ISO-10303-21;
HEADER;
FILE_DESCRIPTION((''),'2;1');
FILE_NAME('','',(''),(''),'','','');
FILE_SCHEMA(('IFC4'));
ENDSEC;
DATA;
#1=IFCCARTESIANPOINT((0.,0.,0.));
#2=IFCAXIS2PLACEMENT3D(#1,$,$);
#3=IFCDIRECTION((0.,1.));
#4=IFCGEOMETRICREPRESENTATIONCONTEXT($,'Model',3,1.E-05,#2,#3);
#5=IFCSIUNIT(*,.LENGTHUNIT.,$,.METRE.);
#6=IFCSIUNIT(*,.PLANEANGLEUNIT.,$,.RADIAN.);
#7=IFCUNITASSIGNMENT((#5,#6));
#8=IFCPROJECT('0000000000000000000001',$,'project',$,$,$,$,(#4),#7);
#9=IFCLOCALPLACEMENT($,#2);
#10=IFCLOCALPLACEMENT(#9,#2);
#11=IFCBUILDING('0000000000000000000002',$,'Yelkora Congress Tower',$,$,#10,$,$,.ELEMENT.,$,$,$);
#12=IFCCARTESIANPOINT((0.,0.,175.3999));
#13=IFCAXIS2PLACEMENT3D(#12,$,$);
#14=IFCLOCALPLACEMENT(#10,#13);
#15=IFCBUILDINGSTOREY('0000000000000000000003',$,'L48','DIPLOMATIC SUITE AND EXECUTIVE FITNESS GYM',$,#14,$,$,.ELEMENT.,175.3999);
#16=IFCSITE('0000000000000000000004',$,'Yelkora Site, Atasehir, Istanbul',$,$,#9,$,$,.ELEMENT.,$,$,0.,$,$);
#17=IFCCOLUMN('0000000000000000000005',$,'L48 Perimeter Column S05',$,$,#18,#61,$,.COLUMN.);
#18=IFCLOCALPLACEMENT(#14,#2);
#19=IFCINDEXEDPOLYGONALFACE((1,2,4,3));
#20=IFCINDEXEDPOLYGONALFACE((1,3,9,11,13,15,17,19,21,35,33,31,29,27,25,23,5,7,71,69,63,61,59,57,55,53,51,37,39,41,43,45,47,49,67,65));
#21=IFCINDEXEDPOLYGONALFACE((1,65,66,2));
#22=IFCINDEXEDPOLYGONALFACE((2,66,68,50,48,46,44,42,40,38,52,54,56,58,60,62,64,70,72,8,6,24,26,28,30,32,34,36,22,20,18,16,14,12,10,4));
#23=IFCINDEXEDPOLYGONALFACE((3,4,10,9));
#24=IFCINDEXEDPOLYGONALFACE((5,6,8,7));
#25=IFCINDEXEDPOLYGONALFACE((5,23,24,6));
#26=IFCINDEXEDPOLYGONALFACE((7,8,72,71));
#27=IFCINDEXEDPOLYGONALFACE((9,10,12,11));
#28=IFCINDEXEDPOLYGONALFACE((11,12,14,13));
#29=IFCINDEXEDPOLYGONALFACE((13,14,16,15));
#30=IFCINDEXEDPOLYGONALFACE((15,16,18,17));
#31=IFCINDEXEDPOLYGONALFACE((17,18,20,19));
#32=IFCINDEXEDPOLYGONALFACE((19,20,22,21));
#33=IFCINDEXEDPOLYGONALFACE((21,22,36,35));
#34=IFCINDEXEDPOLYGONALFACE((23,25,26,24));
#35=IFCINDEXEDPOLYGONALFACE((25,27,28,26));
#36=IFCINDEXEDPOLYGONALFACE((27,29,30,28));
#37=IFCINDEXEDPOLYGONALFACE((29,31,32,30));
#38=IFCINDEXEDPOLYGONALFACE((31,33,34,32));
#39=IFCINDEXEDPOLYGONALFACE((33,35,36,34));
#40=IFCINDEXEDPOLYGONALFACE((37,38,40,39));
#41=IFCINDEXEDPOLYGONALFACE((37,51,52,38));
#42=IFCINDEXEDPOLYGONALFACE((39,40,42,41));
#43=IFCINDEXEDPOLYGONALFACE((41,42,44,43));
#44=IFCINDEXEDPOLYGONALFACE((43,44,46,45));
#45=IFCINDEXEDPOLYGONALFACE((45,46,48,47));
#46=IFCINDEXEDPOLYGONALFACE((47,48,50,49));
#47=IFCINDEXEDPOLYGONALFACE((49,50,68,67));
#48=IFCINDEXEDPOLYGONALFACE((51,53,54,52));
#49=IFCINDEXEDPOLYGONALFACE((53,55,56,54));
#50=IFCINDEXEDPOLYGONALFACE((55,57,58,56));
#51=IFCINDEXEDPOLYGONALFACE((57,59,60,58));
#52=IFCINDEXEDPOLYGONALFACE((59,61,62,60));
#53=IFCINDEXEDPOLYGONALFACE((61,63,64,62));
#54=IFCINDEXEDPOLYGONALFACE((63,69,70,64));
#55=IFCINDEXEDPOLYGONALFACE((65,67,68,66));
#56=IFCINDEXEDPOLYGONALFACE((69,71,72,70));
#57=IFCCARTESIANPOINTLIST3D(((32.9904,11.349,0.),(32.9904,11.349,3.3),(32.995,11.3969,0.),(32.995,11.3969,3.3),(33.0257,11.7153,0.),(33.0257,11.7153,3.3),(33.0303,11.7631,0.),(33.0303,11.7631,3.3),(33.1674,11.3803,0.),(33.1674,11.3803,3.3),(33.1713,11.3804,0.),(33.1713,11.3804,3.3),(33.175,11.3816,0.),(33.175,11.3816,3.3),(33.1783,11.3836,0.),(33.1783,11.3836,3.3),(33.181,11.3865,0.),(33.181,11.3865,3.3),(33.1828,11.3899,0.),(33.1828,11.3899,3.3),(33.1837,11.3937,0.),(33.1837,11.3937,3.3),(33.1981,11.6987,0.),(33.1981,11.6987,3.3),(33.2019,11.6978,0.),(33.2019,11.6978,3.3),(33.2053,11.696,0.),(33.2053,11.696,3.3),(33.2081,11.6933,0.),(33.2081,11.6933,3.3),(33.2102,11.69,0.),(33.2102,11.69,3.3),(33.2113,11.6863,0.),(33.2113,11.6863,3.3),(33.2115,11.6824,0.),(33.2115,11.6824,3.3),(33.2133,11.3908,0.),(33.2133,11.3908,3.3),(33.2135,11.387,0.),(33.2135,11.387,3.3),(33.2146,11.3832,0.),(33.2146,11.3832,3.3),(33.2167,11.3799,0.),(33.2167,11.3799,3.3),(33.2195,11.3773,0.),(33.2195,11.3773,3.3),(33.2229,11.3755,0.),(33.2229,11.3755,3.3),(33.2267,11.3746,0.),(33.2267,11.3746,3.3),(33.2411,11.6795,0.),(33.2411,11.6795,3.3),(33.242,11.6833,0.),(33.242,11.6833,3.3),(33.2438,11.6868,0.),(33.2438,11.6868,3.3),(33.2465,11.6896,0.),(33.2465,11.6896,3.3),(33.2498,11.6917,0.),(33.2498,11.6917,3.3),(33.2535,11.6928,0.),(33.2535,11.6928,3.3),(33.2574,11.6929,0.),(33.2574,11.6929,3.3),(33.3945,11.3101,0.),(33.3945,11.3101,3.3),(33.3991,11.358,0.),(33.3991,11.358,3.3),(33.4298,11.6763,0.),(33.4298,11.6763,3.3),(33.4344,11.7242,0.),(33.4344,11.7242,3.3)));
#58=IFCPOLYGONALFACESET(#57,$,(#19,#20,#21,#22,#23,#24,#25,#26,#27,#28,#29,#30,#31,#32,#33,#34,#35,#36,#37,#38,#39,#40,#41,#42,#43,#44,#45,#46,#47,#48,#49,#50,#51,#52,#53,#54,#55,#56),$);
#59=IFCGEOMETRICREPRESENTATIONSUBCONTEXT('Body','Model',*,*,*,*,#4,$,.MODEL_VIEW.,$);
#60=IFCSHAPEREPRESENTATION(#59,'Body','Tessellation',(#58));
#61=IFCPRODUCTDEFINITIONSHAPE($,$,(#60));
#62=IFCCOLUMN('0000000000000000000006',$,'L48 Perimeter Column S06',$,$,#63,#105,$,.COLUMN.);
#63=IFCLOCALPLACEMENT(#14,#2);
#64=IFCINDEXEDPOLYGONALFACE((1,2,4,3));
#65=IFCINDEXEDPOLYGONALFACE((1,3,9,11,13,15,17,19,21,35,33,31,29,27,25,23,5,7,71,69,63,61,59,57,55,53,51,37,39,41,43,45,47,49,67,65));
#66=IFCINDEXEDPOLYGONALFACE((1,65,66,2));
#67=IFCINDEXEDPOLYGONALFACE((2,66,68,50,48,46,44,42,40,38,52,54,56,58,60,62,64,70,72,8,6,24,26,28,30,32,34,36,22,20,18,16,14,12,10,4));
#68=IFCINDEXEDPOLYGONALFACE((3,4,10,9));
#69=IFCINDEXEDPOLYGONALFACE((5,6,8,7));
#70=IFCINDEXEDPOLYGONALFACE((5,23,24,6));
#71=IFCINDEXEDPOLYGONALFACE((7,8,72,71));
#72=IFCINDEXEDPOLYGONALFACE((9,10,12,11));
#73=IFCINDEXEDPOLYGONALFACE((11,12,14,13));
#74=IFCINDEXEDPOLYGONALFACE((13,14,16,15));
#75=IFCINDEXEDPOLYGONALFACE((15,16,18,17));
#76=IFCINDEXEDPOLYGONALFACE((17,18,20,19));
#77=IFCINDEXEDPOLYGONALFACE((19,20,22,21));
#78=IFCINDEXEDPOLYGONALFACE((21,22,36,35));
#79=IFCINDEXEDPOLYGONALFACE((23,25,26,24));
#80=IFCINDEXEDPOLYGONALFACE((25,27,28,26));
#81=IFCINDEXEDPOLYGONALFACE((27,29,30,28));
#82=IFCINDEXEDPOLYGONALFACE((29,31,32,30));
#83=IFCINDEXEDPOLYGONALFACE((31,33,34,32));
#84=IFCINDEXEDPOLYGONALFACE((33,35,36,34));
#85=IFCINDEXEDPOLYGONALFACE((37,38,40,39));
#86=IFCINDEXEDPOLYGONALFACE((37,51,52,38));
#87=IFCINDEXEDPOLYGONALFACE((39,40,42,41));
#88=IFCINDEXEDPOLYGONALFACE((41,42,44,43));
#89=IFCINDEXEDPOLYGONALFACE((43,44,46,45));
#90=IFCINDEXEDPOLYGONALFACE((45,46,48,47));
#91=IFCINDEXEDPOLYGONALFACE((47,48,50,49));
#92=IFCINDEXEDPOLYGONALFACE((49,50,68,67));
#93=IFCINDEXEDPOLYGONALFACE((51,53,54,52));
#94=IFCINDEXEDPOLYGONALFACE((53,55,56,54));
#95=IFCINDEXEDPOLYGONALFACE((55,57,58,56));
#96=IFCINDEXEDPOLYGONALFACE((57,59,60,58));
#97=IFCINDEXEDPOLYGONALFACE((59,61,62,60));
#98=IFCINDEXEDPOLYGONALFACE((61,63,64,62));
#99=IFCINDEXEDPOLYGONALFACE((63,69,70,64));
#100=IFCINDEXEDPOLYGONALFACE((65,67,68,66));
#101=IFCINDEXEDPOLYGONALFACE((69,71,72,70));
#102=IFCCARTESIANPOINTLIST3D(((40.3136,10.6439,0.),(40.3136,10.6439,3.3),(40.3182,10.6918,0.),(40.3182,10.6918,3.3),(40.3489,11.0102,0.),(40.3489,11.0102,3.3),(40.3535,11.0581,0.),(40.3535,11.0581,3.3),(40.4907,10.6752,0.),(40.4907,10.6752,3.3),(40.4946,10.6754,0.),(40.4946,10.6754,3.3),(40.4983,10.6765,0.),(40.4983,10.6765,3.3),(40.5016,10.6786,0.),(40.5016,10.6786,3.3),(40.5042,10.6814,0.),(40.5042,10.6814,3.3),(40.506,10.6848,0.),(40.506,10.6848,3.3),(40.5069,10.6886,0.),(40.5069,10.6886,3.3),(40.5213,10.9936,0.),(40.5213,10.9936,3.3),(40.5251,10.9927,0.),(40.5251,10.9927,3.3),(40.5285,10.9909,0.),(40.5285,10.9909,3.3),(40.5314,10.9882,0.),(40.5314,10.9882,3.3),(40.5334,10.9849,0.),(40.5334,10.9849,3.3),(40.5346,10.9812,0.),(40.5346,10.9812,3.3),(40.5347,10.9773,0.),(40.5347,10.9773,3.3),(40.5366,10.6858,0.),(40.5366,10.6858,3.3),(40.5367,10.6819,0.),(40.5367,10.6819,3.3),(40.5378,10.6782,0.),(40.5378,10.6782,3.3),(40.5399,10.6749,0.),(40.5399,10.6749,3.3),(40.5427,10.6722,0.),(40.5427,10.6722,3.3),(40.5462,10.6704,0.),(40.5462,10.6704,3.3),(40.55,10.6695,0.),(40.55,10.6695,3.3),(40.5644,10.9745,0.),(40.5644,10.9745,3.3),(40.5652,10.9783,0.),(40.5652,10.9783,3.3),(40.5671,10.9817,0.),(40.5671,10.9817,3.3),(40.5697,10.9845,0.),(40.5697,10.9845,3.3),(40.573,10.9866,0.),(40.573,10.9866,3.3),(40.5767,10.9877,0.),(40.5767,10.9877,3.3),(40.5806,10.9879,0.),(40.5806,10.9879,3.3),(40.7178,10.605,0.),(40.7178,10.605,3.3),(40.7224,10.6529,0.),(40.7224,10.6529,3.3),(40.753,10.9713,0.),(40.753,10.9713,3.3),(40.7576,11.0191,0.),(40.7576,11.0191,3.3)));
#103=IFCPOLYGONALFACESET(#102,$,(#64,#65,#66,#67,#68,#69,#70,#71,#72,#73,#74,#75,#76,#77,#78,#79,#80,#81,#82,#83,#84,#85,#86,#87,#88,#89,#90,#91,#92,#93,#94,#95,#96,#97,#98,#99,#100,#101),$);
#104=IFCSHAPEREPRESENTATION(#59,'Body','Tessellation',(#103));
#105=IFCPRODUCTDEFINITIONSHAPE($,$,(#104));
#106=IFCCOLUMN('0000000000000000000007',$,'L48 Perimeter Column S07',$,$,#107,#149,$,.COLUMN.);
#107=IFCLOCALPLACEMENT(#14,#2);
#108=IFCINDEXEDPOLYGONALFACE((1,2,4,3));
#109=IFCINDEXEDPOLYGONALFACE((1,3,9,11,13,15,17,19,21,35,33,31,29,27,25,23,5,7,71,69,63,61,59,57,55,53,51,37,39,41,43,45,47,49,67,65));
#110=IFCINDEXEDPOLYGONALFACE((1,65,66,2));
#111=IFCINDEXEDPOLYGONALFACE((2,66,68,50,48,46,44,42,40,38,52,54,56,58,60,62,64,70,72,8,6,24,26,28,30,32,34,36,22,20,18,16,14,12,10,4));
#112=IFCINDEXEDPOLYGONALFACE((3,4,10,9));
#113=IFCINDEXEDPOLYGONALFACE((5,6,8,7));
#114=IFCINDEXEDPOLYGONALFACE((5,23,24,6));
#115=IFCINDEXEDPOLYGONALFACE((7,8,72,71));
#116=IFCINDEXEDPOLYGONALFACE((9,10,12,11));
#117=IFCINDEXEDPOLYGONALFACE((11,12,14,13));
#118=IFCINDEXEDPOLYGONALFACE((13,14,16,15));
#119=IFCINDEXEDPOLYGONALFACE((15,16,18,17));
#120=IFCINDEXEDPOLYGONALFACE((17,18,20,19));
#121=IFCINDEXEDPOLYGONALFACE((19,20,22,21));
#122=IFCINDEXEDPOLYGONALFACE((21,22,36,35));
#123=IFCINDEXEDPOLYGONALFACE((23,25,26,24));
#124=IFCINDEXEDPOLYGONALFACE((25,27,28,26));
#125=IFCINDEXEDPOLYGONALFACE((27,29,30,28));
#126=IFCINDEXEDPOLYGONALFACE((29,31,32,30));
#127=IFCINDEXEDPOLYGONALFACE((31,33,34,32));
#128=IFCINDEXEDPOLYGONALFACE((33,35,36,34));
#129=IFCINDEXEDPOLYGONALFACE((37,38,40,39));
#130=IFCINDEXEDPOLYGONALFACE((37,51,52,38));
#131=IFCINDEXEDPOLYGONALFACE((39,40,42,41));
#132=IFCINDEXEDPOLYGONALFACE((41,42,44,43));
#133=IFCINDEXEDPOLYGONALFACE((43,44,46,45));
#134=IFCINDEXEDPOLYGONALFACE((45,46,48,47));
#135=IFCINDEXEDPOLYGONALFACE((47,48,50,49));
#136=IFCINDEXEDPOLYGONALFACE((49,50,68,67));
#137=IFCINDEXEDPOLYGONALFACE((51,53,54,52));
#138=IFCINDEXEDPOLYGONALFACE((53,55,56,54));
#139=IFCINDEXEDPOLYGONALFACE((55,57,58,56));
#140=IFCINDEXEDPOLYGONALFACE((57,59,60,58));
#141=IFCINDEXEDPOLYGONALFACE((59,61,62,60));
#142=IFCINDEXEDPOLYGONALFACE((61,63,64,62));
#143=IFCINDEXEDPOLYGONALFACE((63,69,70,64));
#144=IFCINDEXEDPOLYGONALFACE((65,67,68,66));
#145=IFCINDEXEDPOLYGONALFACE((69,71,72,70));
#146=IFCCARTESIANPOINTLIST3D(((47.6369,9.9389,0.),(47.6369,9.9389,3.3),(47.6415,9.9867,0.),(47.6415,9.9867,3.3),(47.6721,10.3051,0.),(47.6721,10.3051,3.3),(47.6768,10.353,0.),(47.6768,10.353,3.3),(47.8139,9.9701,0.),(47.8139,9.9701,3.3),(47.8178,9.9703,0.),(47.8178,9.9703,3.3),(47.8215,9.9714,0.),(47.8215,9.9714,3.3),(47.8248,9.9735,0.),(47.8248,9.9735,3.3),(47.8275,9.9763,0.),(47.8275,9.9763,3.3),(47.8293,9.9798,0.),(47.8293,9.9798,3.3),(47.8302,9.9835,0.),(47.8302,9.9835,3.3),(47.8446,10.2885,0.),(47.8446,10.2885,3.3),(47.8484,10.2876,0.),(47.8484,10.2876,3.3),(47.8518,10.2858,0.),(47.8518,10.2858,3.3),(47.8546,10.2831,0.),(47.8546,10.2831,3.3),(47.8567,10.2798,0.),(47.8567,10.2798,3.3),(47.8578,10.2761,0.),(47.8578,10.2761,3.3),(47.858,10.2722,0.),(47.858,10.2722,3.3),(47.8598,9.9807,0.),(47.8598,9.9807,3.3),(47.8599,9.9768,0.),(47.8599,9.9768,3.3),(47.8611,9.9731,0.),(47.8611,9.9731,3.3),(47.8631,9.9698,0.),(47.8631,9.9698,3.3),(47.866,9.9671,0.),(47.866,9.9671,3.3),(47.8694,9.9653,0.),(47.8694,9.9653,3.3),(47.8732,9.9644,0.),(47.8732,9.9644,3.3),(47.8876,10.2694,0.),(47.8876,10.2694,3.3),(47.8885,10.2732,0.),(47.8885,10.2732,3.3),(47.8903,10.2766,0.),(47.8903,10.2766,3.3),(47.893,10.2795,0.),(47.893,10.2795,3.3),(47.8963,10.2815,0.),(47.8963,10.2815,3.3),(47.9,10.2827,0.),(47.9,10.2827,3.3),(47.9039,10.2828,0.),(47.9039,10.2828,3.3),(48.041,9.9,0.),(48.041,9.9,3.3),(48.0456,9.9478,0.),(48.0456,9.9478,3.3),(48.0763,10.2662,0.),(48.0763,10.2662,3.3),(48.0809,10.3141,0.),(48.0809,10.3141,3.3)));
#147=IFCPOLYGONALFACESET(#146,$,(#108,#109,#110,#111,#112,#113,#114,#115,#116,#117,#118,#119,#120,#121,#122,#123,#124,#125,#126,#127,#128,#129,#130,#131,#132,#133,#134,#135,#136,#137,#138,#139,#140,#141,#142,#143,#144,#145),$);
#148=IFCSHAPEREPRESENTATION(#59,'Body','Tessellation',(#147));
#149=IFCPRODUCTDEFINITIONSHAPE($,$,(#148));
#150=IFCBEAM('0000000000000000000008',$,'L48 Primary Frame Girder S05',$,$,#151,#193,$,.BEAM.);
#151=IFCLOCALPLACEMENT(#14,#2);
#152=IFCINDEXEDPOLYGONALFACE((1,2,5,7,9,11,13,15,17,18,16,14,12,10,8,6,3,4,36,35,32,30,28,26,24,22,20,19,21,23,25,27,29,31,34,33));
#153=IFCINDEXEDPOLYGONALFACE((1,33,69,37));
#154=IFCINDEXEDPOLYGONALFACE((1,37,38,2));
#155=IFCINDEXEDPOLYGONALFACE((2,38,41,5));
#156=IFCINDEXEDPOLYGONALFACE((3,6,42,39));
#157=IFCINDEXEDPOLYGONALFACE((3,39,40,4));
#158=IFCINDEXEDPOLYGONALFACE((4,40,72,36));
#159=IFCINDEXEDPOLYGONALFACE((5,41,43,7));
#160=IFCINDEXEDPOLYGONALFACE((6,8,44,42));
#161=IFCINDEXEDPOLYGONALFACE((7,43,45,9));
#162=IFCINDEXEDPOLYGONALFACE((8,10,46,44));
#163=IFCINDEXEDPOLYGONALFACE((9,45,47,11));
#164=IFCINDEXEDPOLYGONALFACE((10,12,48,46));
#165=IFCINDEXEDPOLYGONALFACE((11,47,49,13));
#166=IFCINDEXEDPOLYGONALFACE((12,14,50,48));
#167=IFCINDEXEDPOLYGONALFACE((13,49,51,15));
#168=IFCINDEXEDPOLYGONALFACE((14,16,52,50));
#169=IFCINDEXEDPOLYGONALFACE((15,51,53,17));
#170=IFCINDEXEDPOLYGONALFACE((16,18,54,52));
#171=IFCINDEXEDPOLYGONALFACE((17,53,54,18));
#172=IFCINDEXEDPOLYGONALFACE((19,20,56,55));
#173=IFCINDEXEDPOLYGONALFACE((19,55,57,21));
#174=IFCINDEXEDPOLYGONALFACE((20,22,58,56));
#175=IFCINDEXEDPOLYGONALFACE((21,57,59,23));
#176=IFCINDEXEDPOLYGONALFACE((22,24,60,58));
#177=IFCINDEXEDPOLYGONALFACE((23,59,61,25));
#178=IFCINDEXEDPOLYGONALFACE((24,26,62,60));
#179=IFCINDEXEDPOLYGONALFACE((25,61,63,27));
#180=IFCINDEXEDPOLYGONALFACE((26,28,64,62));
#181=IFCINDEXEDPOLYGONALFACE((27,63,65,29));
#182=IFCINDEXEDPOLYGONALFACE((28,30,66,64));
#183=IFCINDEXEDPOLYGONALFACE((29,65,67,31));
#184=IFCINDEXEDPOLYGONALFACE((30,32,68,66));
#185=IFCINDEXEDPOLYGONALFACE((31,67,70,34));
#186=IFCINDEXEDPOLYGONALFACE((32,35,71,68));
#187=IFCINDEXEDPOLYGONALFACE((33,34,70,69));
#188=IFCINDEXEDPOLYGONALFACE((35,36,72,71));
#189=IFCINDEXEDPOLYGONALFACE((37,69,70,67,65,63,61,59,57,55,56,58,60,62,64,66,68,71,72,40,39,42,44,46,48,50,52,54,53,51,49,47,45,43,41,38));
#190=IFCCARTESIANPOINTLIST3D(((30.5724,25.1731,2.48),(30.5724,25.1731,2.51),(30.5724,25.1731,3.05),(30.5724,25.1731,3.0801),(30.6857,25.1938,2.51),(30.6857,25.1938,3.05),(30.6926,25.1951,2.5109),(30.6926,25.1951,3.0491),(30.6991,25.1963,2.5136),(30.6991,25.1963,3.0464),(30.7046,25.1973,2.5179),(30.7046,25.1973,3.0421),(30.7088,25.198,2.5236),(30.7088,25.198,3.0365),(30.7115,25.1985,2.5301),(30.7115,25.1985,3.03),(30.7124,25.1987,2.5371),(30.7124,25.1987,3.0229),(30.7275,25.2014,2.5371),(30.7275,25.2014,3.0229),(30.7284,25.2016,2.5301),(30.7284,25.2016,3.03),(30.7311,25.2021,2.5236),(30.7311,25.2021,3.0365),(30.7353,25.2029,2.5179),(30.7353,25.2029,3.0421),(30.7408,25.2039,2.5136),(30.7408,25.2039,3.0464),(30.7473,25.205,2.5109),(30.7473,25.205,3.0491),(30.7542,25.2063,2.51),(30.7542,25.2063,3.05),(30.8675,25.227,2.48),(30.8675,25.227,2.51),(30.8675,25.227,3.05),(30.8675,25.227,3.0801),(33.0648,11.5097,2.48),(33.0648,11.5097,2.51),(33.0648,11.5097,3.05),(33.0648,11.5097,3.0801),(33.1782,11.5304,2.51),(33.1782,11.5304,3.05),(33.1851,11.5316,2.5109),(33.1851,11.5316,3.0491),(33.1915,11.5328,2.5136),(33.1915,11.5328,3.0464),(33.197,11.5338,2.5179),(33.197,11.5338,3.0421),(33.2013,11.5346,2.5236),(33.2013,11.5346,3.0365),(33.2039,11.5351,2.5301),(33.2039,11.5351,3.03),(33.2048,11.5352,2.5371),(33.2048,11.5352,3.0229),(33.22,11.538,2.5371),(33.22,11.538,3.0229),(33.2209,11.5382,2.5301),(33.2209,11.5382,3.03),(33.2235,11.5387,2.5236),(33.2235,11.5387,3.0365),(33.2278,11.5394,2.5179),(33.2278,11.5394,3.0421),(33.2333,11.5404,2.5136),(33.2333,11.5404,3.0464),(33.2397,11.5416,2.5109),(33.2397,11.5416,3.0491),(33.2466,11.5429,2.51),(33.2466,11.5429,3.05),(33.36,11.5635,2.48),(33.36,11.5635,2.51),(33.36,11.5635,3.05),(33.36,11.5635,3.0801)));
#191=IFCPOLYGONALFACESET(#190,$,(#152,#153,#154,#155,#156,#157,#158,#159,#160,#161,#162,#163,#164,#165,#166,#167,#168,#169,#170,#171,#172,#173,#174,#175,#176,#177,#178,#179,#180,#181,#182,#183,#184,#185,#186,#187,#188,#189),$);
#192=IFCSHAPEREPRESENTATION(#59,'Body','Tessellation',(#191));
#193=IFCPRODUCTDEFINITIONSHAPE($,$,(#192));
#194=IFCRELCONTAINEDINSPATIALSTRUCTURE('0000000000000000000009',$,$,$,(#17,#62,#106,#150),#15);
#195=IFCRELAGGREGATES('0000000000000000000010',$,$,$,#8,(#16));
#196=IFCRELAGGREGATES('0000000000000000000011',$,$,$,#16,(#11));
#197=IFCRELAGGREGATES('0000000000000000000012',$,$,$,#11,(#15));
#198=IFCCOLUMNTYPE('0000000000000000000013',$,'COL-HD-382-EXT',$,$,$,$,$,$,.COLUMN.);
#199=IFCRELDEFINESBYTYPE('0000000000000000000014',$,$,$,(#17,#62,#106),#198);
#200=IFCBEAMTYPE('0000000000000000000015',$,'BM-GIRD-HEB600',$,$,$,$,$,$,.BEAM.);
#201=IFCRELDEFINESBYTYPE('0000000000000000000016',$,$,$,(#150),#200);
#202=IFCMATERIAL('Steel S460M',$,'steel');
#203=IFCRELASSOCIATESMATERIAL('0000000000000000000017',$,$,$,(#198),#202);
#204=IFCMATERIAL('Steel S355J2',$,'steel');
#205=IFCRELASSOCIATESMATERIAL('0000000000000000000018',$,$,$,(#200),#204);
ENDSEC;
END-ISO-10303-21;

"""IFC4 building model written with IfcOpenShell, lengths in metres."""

from ifc_helpers import new_model, si_unit, direction, frame, origin, origin_2d, place, context, subcontext, project, spatial, i_section, extrude, material, material_profile, profile_set, type_object, element, save


model = new_model("IFC4")

# Units and contexts
model_context = context("Model", 3, precision=1e-05, world=origin(), true_north=direction((0.0, 1.0)))
body_context = subcontext(model_context, "Body", "Model", "MODEL_VIEW")
ifc_project = project(units=[si_unit("LENGTHUNIT", "METRE"), si_unit("PLANEANGLEUNIT", "RADIAN")], contexts=[model_context])

# Site, building, storey
site_placement = place(None, origin())
site = spatial("IfcSite", under=ifc_project, at=site_placement, Name="Yelkora Site, Atasehir, Istanbul", CompositionType="ELEMENT", RefElevation=0.0)
building_placement = place(site_placement, origin())
building = spatial("IfcBuilding", under=site, at=building_placement, Name="Yelkora Congress Tower", CompositionType="ELEMENT")
storey_placement = place(building_placement, frame((0.0, 0.0, 175.3999)))
storey = spatial("IfcBuildingStorey", under=building, at=storey_placement, Name="L48", Description="DIPLOMATIC SUITE AND EXECUTIVE FITNESS GYM", CompositionType="ELEMENT", Elevation=175.3999)

# Columns
ifc_material_1 = material(Name="Steel S460M", Category="steel")
ifc_material_profile_1 = material_profile(ifc_material_1, i_section(OverallWidth=0.406, OverallDepth=0.416, WebThickness=0.0298, FlangeThickness=0.0481, FilletRadius=0.0149, at=origin_2d()), Name="HD 400x382")
ifc_profile_set_1 = profile_set([ifc_material_profile_1], Name="Steel S460M")
column_type = type_object("IfcColumnType", Name="COL-HD-382-EXT", PredefinedType="COLUMN", material=ifc_profile_set_1)
for number, where, z_axis, x_axis, name in (
    (1, (33.2124, 11.5366, 0.0), (0.0, 0.0, 1.0), (0.995396, -0.095846, 0.0), "L48 Perimeter Column S05"),
    (2, (40.5356, 10.8315, 0.0), (0.0, 0.0, 1.0), (0.995396, -0.095846, 0.0), "L48 Perimeter Column S06"),
    (3, (47.8589, 10.1265, 0.0), (0.0, 0.0, 1.0), (0.995396, -0.095846, 0.0), "L48 Perimeter Column S07"),
):
    element("IfcColumn", number, at=place(storey_placement, frame(where, z_axis=z_axis, x_axis=x_axis)), inside=storey, type_object=column_type, Name=name, PredefinedType="COLUMN", context=body_context, shape_type="SweptSolid", body=[
        extrude(i_section(OverallWidth=0.406, OverallDepth=0.416, WebThickness=0.0298, FlangeThickness=0.0481, FilletRadius=0.0149, at=origin_2d()), origin(), (0.0, 0.0, 1.0), 3.3),
    ])

# Beam
ifc_material_2 = material(Name="Steel S355J2", Category="steel")
ifc_material_profile_2 = material_profile(ifc_material_2, i_section(OverallWidth=0.3, OverallDepth=0.6001, WebThickness=0.0154, FlangeThickness=0.03, FilletRadius=0.0271, at=origin_2d()), Name="HEB 600")
ifc_profile_set_2 = profile_set([ifc_material_profile_2], Name="Steel S355J2")
beam_type_1 = type_object("IfcBeamType", Name="BM-GIRD-HEB600", PredefinedType="BEAM", material=ifc_profile_set_2)
beam_1_placement = place(storey_placement, frame((33.2124, 11.5366, 2.78), z_axis=(-0.179456, 0.983766, 0.0), x_axis=(-0.983766, -0.179456, 0.0)))
element("IfcBeam", 4, at=beam_1_placement, inside=storey, type_object=beam_type_1, Name="L48 Primary Frame Girder S05", PredefinedType="BEAM", context=body_context, shape_type="SweptSolid", body=[
    extrude(i_section(OverallWidth=0.3, OverallDepth=0.6001, WebThickness=0.0154, FlangeThickness=0.03, FilletRadius=0.0271, at=origin_2d()), origin(), (0.0, 0.0, 1.0), 13.8889),
])

save(model, "model.ifc")
